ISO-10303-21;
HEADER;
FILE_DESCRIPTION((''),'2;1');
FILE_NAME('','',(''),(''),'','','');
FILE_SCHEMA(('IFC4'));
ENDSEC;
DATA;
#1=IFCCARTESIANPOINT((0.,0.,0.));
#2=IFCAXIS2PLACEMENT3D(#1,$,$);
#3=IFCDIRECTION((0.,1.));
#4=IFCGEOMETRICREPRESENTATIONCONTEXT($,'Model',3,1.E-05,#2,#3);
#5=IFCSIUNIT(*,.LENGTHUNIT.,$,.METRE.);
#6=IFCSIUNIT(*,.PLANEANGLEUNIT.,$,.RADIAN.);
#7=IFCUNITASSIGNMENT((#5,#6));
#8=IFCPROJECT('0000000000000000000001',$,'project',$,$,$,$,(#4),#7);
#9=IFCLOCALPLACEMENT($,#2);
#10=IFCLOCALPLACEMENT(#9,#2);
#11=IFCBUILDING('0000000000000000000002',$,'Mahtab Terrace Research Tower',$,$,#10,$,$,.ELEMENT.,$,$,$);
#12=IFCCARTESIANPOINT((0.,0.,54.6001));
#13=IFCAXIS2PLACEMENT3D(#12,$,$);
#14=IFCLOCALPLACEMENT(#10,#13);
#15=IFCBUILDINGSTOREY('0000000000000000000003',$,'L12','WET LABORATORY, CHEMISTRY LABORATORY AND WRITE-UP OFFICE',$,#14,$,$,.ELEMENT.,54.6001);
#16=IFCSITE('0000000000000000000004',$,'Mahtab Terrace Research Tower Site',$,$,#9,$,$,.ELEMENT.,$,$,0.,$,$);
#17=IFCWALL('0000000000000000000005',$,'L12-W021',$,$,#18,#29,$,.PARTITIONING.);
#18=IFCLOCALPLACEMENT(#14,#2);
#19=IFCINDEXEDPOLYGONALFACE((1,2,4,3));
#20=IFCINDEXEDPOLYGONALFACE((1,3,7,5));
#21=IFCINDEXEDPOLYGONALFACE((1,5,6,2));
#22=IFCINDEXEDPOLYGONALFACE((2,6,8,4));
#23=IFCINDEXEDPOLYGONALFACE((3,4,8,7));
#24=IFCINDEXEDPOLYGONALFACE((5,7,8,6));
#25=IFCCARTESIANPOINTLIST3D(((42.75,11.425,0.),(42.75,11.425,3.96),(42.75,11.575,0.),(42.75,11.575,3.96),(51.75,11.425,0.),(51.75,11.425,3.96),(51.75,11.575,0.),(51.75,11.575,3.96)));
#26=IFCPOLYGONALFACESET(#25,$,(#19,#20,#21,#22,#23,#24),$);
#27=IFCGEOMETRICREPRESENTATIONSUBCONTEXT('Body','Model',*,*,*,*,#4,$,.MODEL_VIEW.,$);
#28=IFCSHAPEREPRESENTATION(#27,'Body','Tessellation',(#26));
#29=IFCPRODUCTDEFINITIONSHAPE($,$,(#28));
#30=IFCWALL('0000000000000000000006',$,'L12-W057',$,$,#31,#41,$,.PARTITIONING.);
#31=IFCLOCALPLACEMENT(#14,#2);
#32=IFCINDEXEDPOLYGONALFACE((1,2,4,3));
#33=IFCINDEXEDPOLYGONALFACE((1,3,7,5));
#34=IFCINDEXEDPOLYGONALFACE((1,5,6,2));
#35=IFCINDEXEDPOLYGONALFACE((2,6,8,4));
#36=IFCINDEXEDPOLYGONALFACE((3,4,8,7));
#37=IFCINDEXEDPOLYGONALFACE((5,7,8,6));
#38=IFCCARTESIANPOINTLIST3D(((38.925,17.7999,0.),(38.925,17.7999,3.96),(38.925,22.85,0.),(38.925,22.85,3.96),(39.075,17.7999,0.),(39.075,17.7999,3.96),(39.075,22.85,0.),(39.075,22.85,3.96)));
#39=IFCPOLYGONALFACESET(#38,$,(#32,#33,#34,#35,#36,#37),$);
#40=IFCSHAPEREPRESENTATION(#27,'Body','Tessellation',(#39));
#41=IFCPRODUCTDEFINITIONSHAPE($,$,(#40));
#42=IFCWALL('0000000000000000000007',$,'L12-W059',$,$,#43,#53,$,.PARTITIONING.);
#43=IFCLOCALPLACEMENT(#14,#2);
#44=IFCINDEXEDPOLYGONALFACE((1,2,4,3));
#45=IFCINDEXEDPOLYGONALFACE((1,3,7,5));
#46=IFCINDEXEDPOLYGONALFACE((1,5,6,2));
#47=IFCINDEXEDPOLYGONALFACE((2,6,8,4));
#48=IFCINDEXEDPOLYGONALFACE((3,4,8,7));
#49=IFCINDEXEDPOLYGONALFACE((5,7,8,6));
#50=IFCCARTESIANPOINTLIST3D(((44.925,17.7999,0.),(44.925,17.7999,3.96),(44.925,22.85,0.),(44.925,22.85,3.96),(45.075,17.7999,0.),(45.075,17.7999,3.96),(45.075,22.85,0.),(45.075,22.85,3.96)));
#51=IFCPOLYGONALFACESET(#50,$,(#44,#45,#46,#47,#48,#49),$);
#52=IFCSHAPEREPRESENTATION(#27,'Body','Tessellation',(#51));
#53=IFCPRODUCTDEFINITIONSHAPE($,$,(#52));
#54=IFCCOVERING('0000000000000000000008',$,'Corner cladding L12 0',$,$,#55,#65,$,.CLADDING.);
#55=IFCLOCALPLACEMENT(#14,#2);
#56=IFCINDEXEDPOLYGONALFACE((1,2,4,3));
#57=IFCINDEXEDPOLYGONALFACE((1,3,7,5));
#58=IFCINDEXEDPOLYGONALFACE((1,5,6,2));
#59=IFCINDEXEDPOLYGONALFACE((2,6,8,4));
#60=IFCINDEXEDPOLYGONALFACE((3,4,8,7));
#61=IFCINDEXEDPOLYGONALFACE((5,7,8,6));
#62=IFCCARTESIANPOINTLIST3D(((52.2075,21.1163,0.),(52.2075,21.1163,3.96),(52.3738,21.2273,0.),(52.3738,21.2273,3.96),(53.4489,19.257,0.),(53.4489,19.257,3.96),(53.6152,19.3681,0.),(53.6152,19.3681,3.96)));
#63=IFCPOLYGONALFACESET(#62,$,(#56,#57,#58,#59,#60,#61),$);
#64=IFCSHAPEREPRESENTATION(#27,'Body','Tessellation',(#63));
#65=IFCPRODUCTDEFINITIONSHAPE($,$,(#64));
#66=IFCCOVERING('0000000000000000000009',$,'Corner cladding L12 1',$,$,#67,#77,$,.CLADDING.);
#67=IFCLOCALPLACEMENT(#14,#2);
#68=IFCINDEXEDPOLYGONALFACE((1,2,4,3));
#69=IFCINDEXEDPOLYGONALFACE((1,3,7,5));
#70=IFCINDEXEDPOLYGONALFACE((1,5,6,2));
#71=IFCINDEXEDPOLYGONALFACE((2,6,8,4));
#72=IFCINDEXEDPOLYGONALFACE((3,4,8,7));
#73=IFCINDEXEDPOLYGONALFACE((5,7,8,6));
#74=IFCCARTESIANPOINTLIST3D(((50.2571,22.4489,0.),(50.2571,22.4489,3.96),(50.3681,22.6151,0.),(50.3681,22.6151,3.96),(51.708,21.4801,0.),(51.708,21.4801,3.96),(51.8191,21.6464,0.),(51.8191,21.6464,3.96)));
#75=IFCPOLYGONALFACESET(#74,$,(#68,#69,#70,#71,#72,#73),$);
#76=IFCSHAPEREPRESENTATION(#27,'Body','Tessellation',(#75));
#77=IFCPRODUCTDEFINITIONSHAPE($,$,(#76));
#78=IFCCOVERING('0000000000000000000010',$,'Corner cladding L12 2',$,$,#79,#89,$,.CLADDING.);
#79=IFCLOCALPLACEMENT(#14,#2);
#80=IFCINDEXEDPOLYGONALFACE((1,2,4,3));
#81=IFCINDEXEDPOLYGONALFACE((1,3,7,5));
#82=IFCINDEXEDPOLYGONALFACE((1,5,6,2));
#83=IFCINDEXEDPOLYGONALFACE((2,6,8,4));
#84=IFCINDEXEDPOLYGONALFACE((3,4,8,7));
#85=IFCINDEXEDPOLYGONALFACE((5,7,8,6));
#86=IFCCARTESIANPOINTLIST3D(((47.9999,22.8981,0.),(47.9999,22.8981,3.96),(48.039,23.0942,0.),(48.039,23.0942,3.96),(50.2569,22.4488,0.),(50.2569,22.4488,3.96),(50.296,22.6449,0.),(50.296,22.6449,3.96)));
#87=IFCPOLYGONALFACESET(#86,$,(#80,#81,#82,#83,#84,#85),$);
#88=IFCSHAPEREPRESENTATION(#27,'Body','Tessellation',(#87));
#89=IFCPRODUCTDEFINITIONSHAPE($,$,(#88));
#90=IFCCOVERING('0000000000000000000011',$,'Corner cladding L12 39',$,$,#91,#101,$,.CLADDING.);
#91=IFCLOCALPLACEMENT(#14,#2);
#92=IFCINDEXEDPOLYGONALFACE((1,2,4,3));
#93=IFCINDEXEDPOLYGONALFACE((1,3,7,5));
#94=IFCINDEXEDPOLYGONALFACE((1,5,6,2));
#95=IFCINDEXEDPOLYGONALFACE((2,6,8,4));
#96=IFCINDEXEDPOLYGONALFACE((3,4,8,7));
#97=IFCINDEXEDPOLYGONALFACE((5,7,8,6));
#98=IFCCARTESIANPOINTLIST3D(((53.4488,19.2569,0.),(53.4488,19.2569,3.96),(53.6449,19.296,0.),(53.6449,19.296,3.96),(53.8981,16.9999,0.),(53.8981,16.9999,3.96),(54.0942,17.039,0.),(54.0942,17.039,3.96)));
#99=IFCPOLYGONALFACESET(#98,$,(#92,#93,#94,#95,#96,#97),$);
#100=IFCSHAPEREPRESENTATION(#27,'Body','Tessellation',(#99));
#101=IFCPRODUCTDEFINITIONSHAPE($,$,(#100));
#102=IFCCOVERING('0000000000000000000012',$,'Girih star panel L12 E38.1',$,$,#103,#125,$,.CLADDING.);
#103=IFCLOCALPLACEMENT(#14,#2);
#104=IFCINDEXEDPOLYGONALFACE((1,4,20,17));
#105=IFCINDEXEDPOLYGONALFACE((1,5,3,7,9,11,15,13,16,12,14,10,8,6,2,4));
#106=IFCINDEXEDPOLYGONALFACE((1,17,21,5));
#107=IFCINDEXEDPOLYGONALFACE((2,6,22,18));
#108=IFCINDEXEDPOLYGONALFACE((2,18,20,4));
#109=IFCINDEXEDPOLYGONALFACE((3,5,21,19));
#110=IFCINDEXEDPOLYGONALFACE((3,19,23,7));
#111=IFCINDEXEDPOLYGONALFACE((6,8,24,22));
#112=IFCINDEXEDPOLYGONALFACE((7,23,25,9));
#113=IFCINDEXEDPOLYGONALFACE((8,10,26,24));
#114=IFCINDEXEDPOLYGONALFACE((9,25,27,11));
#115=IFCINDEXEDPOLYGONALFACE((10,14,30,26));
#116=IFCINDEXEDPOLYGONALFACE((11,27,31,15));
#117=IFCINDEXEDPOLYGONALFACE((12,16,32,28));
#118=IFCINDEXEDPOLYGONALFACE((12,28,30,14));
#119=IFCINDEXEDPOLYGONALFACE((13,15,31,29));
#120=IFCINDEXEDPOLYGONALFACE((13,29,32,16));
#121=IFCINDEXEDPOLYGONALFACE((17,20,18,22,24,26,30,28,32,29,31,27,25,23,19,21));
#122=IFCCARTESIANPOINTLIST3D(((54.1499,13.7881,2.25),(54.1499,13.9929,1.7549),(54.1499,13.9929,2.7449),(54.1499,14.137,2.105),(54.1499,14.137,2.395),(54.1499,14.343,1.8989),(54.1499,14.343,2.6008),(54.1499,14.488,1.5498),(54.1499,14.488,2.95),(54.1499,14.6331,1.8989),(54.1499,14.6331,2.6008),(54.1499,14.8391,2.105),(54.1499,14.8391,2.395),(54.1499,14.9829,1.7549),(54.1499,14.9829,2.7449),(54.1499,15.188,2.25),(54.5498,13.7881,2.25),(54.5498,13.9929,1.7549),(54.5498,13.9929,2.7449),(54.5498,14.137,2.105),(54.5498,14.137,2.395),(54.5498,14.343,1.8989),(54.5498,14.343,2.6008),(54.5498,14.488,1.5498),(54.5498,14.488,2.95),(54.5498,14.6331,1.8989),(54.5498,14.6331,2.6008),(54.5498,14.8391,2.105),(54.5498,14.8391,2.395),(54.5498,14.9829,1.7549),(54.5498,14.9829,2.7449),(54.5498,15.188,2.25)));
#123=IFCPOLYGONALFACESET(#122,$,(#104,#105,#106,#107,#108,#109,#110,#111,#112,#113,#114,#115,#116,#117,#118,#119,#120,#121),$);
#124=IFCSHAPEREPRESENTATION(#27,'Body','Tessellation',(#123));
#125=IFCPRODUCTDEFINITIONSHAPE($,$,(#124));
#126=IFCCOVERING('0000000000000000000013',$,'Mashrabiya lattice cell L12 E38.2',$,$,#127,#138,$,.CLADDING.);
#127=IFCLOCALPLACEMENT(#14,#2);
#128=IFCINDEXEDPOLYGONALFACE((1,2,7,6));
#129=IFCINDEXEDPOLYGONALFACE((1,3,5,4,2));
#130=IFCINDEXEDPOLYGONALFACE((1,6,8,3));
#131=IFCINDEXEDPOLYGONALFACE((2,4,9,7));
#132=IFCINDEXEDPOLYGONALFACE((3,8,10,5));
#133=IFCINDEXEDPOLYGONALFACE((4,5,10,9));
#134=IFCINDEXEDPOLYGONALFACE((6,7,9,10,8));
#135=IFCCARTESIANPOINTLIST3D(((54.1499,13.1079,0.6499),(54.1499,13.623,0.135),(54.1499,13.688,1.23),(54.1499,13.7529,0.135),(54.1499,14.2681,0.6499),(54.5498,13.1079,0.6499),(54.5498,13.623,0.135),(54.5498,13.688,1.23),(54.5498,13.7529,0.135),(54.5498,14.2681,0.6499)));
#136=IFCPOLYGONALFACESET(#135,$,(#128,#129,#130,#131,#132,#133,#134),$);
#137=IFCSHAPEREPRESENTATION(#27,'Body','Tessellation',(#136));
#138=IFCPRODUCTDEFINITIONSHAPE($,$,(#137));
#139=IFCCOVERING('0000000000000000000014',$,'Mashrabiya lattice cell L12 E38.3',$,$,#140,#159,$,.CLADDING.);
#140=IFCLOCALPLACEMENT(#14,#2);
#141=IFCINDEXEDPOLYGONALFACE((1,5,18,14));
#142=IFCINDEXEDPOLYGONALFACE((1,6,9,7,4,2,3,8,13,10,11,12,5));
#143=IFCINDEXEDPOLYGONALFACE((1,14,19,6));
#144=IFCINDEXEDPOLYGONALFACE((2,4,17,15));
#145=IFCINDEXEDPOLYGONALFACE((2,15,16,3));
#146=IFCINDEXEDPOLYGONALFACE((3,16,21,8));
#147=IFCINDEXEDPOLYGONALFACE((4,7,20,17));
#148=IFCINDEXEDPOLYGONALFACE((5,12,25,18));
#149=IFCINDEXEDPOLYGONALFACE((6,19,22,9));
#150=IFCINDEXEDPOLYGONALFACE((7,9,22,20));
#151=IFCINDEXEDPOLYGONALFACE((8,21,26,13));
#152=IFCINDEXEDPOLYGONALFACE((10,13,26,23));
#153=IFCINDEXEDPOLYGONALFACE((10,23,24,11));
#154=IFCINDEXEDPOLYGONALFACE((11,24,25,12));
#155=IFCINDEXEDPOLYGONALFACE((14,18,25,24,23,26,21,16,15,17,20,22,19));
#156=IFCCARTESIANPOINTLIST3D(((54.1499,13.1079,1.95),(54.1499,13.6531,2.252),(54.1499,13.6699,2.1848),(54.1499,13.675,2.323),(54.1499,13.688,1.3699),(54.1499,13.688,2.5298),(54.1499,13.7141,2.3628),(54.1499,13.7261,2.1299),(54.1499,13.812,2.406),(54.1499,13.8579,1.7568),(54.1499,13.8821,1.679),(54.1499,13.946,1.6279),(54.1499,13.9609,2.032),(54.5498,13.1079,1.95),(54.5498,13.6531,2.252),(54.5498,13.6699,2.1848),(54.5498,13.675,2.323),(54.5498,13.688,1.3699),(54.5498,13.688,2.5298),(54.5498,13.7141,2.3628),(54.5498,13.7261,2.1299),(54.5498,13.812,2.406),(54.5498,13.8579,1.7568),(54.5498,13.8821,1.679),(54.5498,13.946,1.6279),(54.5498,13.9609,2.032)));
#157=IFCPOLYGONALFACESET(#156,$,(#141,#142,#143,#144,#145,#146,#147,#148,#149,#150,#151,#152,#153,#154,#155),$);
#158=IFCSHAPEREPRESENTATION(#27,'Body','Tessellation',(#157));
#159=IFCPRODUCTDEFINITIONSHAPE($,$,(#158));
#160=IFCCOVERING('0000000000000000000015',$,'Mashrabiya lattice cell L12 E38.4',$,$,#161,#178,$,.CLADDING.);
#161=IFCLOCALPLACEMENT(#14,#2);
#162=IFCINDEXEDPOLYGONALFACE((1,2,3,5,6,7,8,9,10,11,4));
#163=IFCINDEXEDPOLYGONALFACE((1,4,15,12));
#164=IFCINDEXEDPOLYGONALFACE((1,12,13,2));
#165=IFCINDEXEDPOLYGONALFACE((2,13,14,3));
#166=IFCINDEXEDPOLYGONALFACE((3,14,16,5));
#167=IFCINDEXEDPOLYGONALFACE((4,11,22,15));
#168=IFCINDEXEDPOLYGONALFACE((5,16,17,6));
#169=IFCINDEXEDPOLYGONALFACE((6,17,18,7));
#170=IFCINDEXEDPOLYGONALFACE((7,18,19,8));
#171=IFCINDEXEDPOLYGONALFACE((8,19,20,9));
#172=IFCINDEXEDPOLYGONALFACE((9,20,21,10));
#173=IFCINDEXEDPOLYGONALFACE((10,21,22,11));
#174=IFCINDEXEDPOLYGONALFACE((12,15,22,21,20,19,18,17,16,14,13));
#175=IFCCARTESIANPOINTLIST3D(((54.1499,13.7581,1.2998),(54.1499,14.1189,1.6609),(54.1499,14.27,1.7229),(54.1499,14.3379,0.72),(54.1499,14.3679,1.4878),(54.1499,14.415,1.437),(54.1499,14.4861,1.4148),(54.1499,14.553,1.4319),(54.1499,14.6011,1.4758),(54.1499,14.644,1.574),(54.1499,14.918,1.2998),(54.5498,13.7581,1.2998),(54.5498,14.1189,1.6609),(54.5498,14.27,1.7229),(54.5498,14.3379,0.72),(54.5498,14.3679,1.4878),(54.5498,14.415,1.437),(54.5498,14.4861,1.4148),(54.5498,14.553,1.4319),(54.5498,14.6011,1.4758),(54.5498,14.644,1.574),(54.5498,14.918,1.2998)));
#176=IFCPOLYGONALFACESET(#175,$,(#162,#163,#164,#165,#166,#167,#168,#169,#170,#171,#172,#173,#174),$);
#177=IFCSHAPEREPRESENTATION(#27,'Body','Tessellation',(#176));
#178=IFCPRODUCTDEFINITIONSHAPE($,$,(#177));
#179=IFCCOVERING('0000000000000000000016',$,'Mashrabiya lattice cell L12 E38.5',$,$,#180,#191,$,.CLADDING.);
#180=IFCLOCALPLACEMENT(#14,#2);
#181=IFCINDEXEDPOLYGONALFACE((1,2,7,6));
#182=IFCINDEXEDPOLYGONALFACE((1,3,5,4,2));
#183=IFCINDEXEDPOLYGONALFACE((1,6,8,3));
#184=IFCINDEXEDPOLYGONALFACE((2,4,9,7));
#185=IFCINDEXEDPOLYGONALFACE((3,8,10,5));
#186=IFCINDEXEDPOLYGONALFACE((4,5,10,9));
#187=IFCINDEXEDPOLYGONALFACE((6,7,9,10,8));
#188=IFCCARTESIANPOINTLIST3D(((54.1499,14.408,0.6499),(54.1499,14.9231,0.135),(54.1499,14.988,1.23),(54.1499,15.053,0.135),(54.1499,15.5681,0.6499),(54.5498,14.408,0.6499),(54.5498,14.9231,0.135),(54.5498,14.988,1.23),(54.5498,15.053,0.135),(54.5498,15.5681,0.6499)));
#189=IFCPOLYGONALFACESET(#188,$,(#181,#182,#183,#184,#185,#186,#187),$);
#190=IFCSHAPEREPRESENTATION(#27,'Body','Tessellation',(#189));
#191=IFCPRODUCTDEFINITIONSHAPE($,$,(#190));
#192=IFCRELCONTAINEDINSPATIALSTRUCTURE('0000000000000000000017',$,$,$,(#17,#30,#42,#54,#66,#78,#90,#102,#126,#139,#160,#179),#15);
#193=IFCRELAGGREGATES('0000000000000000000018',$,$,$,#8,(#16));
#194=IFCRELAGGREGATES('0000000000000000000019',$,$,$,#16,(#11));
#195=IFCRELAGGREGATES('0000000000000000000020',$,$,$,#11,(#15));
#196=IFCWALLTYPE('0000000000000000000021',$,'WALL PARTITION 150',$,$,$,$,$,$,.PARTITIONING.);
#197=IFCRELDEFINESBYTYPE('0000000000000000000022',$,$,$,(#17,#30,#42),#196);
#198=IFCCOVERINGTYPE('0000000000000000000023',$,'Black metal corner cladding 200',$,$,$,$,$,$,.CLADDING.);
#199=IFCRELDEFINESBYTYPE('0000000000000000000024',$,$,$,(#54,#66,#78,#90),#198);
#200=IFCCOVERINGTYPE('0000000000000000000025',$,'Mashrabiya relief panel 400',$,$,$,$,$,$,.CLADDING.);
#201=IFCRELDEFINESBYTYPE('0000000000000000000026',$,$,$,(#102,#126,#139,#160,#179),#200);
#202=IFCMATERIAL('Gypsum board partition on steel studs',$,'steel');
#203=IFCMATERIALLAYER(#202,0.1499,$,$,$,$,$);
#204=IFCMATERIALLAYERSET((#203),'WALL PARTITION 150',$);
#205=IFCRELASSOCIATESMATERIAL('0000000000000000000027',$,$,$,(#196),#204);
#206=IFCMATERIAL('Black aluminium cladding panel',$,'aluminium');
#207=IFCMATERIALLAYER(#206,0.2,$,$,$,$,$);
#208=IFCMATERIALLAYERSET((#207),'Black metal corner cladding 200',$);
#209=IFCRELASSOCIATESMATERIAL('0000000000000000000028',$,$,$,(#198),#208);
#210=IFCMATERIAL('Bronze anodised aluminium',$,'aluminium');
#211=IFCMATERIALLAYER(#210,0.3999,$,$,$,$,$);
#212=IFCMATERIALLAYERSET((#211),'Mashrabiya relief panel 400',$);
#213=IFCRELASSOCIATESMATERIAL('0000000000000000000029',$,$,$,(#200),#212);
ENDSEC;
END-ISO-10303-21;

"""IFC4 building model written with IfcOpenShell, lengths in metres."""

from ifc_helpers import new_model, si_unit, direction, frame, frame_2d, origin, origin_2d, place, context, subcontext, project, spatial, polyline, rectangle, outline, extrude, material, layer, layer_set, type_object, element, save


model = new_model("IFC4")

# Units and contexts
model_context = context("Model", 3, precision=1e-05, world=origin(), true_north=direction((0.0, 1.0)))
body_context = subcontext(model_context, "Body", "Model", "MODEL_VIEW")
ifc_project = project(units=[si_unit("LENGTHUNIT", "METRE"), si_unit("PLANEANGLEUNIT", "RADIAN")], contexts=[model_context])

# Site, building, storey
site_placement = place(None, origin())
site = spatial("IfcSite", under=ifc_project, at=site_placement, Name="Mahtab Terrace Research Tower Site", CompositionType="ELEMENT", RefElevation=0.0)
building_placement = place(site_placement, origin())
building = spatial("IfcBuilding", under=site, at=building_placement, Name="Mahtab Terrace Research Tower", CompositionType="ELEMENT")
storey_placement = place(building_placement, frame((0.0, 0.0, 54.6001)))
storey = spatial("IfcBuildingStorey", under=building, at=storey_placement, Name="L12", Description="WET LABORATORY, CHEMISTRY LABORATORY AND WRITE-UP OFFICE", CompositionType="ELEMENT", Elevation=54.6001)

# Walls
ifc_material_1 = material(Name="Black aluminium cladding panel", Category="aluminium")
ifc_material_2 = material(Name="Gypsum board partition on steel studs", Category="steel")
ifc_layer_1 = layer(ifc_material_2, 0.1499)
ifc_layer_set_1 = layer_set([ifc_layer_1], Name="WALL PARTITION 150")
wall_type_1 = type_object("IfcWallType", Name="WALL PARTITION 150", PredefinedType="PARTITIONING", material=ifc_layer_set_1)
wall_1_placement = place(storey_placement, frame((42.75, 11.5, 0.0), z_axis=(0.0, 0.0, 1.0), x_axis=(1.0, 0.0, 0.0)))
element("IfcWall", 1, at=wall_1_placement, inside=storey, type_object=wall_type_1, Name="L12-W021", PredefinedType="PARTITIONING", context=body_context, shape_type="SweptSolid", body=[
    extrude(rectangle(XDim=9.0, YDim=0.1499, at=frame_2d((4.5, 0.0))), origin(), (0.0, 0.0, 1.0), 3.96),
])
for number, where, z_axis, x_axis, name in (
    (2, (39.0, 17.8, 0.0), (0.0, 0.0, 1.0), (0.0, 1.0, 0.0), "L12-W057"),
    (3, (45.0, 17.8, 0.0), (0.0, 0.0, 1.0), (0.0, 1.0, 0.0), "L12-W059"),
):
    element("IfcWall", number, at=place(storey_placement, frame(where, z_axis=z_axis, x_axis=x_axis)), inside=storey, type_object=wall_type_1, Name=name, PredefinedType="PARTITIONING", context=body_context, shape_type="SweptSolid", body=[
        extrude(rectangle(XDim=5.05, YDim=0.1499, at=frame_2d((2.5249, 0.0))), origin(), (0.0, 0.0, 1.0), 3.96),
    ])

# Coverings
ifc_layer_2 = layer(ifc_material_1, 0.2)
ifc_layer_set_2 = layer_set([ifc_layer_2], Name="Black metal corner cladding 200")
covering_type_1 = type_object("IfcCoveringType", Name="Black metal corner cladding 200", PredefinedType="CLADDING", material=ifc_layer_set_2)
covering_1_placement = place(storey_placement, frame((52.9114, 20.2422, 0.0), z_axis=(0.0, 0.0, 1.0), x_axis=(-0.555291, 0.831656, 0.0)))
element("IfcCovering", 4, at=covering_1_placement, inside=storey, type_object=covering_type_1, Name="Corner cladding L12 0", PredefinedType="CLADDING", context=body_context, shape_type="SweptSolid", body=[
    extrude(rectangle(XDim=2.2356, YDim=0.2, at=origin_2d()), origin(), (0.0, 0.0, 1.0), 3.96),
])
covering_2_placement = place(storey_placement, frame((51.0381, 22.0476, 0.0), z_axis=(0.0, 0.0, 1.0), x_axis=(-0.831656, 0.555291, 0.0)))
element("IfcCovering", 5, at=covering_2_placement, inside=storey, type_object=covering_type_1, Name="Corner cladding L12 1", PredefinedType="CLADDING", context=body_context, shape_type="SweptSolid", body=[
    extrude(rectangle(XDim=1.7446, YDim=0.2, at=origin_2d()), origin(), (0.0, 0.0, 1.0), 3.96),
])
for number, where, z_axis, x_axis, name in (
    (6, (49.1479, 22.7715, 0.0), (0.0, 0.0, 1.0), (-0.980761, 0.195212, 0.0), "Corner cladding L12 2"),
    (7, (53.7715, 18.1479, 0.0), (0.0, 0.0, 1.0), (-0.195212, 0.980761, 0.0), "Corner cladding L12 39"),
):
    element("IfcCovering", number, at=place(storey_placement, frame(where, z_axis=z_axis, x_axis=x_axis)), inside=storey, type_object=covering_type_1, Name=name, PredefinedType="CLADDING", context=body_context, shape_type="SweptSolid", body=[
        extrude(rectangle(XDim=2.3013, YDim=0.2, at=origin_2d()), origin(), (0.0, 0.0, 1.0), 3.96),
    ])
ifc_material_3 = material(Name="Bronze anodised aluminium", Category="aluminium")
ifc_layer_3 = layer(ifc_material_3, 0.3999)
ifc_layer_set_3 = layer_set([ifc_layer_3], Name="Mashrabiya relief panel 400")
covering_type_2 = type_object("IfcCoveringType", Name="Mashrabiya relief panel 400", PredefinedType="CLADDING", material=ifc_layer_set_3)
covering_3_placement = place(storey_placement, frame((54.1499, 14.6331, 2.6008), z_axis=(-1.0, 0.0, 0.0), x_axis=(0.0, 0.924691, 0.380717)))
element("IfcCovering", 8, at=covering_3_placement, inside=storey, type_object=covering_type_2, Name="Girih star panel L12 E38.1", PredefinedType="CLADDING", context=body_context, shape_type="SweptSolid", body=[
    extrude(outline(polyline([(0.0, 0.0), (0.3783, 0.0), (0.1122, 0.2688), (0.3796, 0.5357), (0.0018, 0.537), (0.0014, 0.9154), (-0.2672, 0.649), (-0.5342, 0.9167), (-0.5354, 0.5386), (-0.914, 0.5385), (-0.6475, 0.2696), (-0.9149, 0.0027), (-0.5371, 0.0014), (-0.5371, -0.3769), (-0.2682, -0.1104), (-0.0012, -0.378), (0.0, 0.0)])), origin(), (0.0, 0.0, -1.0), 0.3999),
])
covering_4_placement = place(storey_placement, frame((54.1499, 13.1079, 0.6499), z_axis=(-1.0, 0.0, 0.0), x_axis=(0.0, 0.707107, 0.707107)))
element("IfcCovering", 9, at=covering_4_placement, inside=storey, type_object=covering_type_2, Name="Mashrabiya lattice cell L12 E38.2", PredefinedType="CLADDING", context=body_context, shape_type="SweptSolid", body=[
    extrude(outline(polyline([(0.0, 0.0), (0.8204, 0.0), (0.8204, 0.8204), (0.092, 0.8202), (0.0002, 0.7283), (0.0, 0.0)])), origin(), (0.0, 0.0, -1.0), 0.3999),
])
covering_5_placement = place(storey_placement, frame((54.1499, 13.688, 1.3699), z_axis=(-1.0, 0.0, 0.0), x_axis=(0.0, -0.707107, 0.707107)))
element("IfcCovering", 10, at=covering_5_placement, inside=storey, type_object=covering_type_2, Name="Mashrabiya lattice cell L12 E38.3", PredefinedType="CLADDING", context=body_context, shape_type="SweptSolid", body=[
    extrude(outline(polyline([(0.0, 0.0), (0.8204, 0.0), (0.8202, 0.8202), (0.645, 0.8204), (0.6836, 0.7206), (0.6831, 0.6648), (0.6484, 0.599), (0.589, 0.5635), (0.5105, 0.5643), (0.2752, 0.6612), (0.1535, 0.3938), (0.0813, 0.3558), (0.0, 0.3649), (0.0, 0.0)])), origin(), (0.0, 0.0, -1.0), 0.3999),
])
covering_6_placement = place(storey_placement, frame((54.1499, 14.918, 1.2998), z_axis=(-1.0, 0.0, 0.0), x_axis=(0.0, -0.707256, -0.706958)))
element("IfcCovering", 11, at=covering_6_placement, inside=storey, type_object=covering_type_2, Name="Mashrabiya lattice cell L12 E38.4", PredefinedType="CLADDING", context=body_context, shape_type="SweptSolid", body=[
    extrude(outline(polyline([(0.0, 0.0), (0.8202, 0.0), (0.8204, 0.82), (0.3099, 0.8203), (0.1592, 0.7573), (0.2561, 0.5218), (0.2587, 0.4526), (0.2242, 0.3867), (0.1648, 0.3514), (0.0997, 0.3485), (-0.0001, 0.3876), (0.0, 0.0)])), origin(), (0.0, 0.0, -1.0), 0.3999),
])
covering_7_placement = place(storey_placement, frame((54.1499, 14.408, 0.6499), z_axis=(-1.0, 0.0, 0.0), x_axis=(0.0, 0.707107, 0.707107)))
element("IfcCovering", 12, at=covering_7_placement, inside=storey, type_object=covering_type_2, Name="Mashrabiya lattice cell L12 E38.5", PredefinedType="CLADDING", context=body_context, shape_type="SweptSolid", body=[
    extrude(outline(polyline([(0.0, 0.0), (0.8204, 0.0), (0.8204, 0.8204), (0.092, 0.8202), (0.0002, 0.7283), (0.0, 0.0)])), origin(), (0.0, 0.0, -1.0), 0.3999),
])

save(model, "model.ifc")
